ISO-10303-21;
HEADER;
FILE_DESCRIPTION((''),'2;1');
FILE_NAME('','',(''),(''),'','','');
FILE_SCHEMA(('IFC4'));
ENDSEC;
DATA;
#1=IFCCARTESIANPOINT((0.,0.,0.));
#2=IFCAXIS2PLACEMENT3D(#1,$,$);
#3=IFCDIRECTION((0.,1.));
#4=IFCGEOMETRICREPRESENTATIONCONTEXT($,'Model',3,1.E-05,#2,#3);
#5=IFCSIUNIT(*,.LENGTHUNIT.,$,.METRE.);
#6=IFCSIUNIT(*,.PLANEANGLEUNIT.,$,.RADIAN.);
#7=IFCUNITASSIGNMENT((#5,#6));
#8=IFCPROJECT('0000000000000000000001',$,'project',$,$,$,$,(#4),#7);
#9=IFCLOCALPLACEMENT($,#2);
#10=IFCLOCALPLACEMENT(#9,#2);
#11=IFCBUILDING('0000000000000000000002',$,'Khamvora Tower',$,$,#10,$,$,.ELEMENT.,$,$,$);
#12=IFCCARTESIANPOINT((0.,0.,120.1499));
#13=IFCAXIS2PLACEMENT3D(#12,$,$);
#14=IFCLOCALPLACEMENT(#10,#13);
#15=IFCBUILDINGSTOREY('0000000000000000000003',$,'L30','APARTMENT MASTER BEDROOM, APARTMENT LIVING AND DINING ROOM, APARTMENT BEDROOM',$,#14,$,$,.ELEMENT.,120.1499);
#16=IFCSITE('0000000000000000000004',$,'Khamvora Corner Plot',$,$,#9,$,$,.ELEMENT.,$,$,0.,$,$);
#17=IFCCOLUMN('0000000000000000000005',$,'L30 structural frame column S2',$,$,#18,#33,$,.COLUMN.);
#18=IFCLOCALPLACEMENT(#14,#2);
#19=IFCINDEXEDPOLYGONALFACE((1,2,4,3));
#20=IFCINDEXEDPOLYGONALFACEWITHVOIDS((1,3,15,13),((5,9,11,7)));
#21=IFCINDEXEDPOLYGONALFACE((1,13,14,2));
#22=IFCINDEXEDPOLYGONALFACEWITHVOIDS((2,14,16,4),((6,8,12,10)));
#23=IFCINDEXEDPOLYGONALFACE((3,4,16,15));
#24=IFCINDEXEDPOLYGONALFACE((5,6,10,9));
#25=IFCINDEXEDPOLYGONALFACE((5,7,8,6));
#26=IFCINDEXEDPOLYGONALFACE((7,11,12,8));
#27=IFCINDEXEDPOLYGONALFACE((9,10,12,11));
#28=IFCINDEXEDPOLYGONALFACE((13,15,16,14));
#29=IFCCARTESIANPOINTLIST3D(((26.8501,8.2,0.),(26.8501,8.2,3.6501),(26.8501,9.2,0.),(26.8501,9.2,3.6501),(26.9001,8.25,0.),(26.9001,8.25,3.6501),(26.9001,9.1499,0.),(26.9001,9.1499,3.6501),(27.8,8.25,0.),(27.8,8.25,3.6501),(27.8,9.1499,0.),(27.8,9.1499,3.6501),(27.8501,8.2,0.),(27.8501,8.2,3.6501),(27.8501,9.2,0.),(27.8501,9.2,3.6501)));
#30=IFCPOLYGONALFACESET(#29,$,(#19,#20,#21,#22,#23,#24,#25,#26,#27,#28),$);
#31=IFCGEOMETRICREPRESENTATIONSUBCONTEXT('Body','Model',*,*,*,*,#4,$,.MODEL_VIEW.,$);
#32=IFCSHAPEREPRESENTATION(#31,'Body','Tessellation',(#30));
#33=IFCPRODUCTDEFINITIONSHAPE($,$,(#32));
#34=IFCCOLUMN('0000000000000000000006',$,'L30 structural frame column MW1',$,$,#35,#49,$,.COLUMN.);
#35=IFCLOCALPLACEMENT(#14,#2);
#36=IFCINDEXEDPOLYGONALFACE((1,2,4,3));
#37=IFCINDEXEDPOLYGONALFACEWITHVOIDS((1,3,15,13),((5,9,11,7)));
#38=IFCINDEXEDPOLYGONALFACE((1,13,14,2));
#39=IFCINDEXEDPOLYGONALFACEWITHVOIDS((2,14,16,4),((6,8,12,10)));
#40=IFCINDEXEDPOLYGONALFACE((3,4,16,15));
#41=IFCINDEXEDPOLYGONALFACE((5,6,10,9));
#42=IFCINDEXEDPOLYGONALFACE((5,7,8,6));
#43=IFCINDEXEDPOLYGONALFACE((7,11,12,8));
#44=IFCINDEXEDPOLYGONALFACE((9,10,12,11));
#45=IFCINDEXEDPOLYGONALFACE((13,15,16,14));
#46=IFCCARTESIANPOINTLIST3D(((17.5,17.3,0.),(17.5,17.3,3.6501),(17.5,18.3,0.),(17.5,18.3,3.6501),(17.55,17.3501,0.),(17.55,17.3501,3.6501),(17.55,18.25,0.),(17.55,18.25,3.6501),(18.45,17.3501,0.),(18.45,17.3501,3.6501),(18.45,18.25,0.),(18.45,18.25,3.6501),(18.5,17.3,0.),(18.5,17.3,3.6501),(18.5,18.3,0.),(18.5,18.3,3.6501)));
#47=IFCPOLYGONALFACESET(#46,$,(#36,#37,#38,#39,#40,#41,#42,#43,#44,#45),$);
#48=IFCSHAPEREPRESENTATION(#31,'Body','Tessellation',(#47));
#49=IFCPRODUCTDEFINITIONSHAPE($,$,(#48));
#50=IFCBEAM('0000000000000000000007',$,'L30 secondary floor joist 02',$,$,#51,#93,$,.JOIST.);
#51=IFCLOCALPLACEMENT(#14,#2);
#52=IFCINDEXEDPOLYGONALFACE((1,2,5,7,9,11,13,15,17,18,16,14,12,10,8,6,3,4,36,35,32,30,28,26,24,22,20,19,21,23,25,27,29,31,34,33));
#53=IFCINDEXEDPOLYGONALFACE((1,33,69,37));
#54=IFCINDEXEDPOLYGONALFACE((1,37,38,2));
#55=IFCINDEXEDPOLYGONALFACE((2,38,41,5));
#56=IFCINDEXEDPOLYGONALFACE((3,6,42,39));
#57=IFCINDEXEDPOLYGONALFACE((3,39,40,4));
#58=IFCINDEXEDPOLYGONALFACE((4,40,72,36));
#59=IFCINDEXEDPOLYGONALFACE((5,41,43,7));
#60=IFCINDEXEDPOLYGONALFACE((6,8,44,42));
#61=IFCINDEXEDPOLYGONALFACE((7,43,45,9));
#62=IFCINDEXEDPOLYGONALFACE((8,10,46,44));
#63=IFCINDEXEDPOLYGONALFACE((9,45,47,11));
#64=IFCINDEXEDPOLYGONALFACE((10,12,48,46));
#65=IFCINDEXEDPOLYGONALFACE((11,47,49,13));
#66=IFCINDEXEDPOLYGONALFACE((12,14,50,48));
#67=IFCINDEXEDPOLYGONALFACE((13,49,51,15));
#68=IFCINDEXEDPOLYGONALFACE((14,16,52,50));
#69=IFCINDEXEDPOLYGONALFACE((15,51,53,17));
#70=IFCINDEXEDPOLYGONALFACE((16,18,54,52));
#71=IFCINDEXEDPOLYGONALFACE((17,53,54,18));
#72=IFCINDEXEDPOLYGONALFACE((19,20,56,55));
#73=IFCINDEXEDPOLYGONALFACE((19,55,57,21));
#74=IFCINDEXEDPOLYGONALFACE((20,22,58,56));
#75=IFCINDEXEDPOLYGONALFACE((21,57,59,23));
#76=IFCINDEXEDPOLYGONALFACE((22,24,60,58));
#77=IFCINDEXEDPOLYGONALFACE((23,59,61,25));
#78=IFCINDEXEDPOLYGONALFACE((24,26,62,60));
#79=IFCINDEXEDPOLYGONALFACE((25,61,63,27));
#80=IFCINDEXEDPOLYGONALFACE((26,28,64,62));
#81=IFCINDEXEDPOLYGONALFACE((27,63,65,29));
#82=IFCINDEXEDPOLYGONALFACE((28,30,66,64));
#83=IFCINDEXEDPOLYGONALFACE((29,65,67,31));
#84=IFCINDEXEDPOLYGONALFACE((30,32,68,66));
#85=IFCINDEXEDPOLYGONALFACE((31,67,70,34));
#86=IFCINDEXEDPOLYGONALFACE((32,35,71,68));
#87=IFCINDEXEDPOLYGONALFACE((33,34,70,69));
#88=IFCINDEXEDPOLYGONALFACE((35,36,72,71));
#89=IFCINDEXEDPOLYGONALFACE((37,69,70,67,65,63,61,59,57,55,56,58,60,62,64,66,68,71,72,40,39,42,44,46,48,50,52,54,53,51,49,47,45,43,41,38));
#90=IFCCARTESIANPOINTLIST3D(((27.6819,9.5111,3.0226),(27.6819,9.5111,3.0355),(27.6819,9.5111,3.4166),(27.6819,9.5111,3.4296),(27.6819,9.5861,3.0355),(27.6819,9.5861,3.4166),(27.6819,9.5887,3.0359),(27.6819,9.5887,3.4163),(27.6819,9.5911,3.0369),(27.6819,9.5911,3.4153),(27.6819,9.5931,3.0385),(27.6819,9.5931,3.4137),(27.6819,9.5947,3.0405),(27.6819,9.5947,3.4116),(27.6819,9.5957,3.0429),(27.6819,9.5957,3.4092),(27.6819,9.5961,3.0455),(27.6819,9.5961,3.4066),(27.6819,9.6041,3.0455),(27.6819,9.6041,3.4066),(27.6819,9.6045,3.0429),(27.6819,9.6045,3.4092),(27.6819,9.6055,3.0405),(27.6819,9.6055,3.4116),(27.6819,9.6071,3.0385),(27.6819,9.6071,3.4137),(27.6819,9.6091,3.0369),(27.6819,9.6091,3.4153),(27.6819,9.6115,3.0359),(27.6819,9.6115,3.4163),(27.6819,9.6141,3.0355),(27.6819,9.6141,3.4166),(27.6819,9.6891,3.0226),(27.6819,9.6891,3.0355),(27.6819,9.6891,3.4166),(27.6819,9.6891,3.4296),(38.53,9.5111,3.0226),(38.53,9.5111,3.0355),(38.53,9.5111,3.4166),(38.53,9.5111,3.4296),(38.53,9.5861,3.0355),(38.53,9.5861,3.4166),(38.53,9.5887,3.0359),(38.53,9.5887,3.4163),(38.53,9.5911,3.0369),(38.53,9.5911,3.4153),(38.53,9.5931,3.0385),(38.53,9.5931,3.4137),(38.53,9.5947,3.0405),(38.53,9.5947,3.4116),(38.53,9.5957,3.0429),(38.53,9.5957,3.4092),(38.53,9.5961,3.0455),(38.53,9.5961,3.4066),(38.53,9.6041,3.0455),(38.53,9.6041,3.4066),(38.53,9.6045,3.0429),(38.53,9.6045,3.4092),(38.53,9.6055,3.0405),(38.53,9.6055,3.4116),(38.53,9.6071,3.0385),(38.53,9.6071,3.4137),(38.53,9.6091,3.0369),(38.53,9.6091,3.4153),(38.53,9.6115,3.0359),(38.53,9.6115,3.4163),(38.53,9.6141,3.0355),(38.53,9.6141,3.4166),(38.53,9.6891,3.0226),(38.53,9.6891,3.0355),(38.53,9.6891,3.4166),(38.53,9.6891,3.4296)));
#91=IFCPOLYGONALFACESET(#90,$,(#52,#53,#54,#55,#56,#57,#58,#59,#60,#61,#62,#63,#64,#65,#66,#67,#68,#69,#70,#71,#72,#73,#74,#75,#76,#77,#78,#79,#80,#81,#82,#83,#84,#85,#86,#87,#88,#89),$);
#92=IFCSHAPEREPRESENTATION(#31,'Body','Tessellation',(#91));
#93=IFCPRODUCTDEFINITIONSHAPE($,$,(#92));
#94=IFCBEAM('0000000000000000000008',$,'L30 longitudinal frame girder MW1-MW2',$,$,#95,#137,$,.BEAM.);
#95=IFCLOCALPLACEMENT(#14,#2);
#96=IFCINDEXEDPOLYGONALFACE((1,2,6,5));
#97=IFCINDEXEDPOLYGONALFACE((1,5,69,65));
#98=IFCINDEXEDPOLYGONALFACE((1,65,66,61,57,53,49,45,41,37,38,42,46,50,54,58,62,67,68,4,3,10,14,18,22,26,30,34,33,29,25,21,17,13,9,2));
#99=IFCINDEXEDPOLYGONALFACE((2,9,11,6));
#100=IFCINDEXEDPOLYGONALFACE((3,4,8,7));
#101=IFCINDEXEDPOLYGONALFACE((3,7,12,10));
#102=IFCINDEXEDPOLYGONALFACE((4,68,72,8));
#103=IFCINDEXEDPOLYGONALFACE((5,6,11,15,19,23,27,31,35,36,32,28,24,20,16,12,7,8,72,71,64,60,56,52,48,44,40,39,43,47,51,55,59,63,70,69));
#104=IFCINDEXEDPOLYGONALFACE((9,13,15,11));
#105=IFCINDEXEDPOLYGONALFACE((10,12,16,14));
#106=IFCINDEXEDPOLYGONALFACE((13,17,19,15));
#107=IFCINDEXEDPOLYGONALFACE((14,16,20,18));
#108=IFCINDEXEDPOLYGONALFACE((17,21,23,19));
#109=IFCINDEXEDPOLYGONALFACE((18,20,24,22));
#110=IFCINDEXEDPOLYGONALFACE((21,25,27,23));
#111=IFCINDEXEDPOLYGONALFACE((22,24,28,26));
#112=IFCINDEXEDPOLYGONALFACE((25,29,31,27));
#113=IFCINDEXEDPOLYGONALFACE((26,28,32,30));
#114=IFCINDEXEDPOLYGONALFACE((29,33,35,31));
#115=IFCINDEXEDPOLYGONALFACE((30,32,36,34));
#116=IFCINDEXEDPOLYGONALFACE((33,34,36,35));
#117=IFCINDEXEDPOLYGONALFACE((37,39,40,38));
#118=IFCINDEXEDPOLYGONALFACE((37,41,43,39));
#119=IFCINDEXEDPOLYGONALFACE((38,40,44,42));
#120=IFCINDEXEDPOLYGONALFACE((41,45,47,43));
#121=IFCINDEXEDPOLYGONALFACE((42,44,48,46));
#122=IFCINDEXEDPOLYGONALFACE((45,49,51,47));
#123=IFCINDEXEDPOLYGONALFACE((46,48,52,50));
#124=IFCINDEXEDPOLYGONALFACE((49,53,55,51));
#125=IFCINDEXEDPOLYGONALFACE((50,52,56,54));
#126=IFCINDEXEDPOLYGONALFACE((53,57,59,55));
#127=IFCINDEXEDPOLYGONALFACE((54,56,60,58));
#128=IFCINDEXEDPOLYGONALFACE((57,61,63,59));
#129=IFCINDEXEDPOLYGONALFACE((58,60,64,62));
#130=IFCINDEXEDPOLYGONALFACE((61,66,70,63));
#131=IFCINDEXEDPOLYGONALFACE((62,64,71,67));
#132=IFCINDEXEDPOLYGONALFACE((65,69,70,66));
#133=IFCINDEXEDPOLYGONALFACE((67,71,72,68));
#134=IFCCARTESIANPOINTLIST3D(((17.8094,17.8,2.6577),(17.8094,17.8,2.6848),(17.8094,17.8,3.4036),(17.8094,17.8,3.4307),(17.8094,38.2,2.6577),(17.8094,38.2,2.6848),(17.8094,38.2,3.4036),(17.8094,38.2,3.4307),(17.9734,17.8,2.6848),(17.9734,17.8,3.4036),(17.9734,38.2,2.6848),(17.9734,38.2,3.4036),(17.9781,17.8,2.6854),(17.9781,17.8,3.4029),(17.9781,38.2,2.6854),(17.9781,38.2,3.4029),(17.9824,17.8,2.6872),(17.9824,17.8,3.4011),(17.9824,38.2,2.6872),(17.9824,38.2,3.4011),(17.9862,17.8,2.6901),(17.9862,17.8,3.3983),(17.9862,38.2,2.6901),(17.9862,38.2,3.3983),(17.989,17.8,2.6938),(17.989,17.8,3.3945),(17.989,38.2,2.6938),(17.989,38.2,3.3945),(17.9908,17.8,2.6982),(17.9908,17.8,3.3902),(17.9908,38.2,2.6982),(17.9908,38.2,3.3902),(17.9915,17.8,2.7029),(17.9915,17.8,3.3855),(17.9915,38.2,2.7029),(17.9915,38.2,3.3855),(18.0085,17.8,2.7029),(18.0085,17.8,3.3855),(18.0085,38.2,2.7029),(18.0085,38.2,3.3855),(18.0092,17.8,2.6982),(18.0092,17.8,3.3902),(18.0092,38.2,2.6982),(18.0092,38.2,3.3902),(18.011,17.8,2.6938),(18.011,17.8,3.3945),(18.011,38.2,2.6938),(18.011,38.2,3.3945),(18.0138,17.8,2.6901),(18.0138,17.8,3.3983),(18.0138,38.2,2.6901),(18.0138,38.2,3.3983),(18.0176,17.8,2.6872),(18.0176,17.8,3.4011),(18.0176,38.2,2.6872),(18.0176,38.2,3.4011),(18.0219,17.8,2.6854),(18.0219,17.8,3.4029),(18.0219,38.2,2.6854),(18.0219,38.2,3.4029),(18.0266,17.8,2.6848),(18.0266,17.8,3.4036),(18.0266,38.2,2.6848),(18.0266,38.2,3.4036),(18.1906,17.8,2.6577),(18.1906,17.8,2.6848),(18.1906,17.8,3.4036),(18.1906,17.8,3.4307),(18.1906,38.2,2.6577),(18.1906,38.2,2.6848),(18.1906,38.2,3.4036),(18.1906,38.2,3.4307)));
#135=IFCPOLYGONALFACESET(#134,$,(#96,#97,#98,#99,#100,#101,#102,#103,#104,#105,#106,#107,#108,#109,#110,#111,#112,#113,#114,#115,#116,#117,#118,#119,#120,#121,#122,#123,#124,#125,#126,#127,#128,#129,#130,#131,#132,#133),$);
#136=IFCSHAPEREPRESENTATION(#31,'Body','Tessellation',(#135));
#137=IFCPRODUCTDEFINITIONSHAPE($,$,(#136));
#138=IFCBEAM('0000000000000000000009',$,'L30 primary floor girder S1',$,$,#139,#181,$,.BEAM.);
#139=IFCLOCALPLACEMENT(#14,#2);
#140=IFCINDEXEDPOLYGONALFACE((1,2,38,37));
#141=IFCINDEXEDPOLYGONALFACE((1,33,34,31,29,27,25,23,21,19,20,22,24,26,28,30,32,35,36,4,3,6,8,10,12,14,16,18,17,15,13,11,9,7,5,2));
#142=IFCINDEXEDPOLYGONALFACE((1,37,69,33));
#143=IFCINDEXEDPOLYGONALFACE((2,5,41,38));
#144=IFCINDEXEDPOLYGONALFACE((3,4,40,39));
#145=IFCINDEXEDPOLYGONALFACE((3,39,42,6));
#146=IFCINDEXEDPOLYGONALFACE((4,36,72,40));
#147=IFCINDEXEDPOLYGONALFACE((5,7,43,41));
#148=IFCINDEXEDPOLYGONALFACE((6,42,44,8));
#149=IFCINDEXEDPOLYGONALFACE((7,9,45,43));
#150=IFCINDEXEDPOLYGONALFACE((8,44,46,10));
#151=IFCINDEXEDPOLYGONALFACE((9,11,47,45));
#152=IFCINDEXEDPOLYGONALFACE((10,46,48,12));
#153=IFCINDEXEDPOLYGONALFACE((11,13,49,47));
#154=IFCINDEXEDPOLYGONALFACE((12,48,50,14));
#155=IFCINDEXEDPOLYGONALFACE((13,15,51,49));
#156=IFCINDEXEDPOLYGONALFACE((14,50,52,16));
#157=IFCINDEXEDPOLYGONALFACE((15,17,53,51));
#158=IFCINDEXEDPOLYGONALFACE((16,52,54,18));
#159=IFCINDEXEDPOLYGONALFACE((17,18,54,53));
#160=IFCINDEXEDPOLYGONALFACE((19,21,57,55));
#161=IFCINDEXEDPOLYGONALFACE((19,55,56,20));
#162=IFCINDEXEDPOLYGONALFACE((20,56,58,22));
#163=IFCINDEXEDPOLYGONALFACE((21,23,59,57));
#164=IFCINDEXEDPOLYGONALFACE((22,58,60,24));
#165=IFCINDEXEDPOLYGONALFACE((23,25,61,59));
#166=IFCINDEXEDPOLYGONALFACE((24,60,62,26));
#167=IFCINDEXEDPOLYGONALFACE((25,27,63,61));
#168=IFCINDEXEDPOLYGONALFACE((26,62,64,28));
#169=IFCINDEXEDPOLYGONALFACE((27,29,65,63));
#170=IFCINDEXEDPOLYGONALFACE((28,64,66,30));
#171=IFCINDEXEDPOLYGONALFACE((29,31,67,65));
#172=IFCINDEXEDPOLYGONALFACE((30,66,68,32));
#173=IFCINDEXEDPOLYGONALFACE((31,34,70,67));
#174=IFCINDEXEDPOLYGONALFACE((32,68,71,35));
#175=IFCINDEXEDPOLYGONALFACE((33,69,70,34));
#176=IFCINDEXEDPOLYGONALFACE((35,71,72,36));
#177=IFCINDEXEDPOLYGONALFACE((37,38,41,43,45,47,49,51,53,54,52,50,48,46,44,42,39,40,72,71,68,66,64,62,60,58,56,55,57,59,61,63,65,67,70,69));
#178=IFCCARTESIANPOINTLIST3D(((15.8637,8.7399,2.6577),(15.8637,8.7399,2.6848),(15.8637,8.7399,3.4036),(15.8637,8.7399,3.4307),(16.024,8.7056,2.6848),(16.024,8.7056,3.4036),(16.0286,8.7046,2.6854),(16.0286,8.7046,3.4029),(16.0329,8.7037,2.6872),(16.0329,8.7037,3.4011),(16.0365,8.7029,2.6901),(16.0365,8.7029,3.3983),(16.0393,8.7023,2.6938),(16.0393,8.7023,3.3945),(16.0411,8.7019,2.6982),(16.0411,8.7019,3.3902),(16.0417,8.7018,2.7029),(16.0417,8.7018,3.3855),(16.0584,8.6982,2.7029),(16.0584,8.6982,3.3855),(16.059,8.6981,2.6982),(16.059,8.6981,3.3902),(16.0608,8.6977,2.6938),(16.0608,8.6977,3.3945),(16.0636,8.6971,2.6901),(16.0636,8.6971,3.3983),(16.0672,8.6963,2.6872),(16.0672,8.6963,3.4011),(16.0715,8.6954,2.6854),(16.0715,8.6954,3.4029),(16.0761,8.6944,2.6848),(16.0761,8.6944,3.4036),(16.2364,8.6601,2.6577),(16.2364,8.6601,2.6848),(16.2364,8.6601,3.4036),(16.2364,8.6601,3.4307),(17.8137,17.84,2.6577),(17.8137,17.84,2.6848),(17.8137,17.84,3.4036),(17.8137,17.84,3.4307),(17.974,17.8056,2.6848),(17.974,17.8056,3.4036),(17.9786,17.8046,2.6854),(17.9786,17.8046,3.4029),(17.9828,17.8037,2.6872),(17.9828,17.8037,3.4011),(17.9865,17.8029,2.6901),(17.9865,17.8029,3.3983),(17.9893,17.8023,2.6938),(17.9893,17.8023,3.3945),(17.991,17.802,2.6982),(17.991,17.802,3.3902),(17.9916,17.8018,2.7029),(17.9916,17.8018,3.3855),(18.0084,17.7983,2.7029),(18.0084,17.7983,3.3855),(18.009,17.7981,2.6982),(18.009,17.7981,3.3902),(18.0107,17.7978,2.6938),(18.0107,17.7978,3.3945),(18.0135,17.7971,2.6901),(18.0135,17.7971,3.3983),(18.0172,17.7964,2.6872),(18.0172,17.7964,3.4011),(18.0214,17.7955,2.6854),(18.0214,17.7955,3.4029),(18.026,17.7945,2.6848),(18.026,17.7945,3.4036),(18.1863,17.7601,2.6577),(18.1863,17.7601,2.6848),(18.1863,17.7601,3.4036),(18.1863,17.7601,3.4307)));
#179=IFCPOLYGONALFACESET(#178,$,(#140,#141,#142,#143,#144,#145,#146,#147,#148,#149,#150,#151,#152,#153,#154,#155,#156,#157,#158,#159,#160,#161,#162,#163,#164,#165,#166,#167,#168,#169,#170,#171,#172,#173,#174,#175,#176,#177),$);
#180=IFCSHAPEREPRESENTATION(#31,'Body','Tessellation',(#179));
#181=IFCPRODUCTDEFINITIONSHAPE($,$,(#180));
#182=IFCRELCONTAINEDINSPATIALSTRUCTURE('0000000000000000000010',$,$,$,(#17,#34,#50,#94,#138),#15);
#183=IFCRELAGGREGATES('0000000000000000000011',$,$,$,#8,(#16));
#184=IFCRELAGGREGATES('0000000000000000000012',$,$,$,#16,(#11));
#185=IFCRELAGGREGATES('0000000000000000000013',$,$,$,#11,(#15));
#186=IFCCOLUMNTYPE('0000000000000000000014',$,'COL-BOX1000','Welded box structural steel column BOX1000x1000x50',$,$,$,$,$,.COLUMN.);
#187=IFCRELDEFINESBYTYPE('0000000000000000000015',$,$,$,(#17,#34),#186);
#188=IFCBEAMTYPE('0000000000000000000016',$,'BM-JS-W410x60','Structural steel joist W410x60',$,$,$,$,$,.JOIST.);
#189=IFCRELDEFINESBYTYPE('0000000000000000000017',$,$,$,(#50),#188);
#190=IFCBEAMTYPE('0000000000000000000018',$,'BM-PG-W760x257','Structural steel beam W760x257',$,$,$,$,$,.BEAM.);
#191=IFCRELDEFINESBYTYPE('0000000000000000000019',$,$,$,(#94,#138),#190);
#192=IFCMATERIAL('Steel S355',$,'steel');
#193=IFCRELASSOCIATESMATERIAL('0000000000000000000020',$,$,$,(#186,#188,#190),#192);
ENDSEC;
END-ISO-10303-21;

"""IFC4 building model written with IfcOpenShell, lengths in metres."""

from ifc_helpers import new_model, si_unit, direction, frame, origin, origin_2d, place, context, subcontext, project, spatial, hollow_rectangle, i_section, extrude, material, material_profile, profile_set, type_object, element, save


model = new_model("IFC4")

# Units and contexts
model_context = context("Model", 3, precision=1e-05, world=origin(), true_north=direction((0.0, 1.0)))
body_context = subcontext(model_context, "Body", "Model", "MODEL_VIEW")
ifc_project = project(units=[si_unit("LENGTHUNIT", "METRE"), si_unit("PLANEANGLEUNIT", "RADIAN")], contexts=[model_context])

# Site, building, storey
site_placement = place(None, origin())
site = spatial("IfcSite", under=ifc_project, at=site_placement, Name="Khamvora Corner Plot", CompositionType="ELEMENT", RefElevation=0.0)
building_placement = place(site_placement, origin())
building = spatial("IfcBuilding", under=site, at=building_placement, Name="Khamvora Tower", CompositionType="ELEMENT")
storey_placement = place(building_placement, frame((0.0, 0.0, 120.1499)))
storey = spatial("IfcBuildingStorey", under=building, at=storey_placement, Name="L30", Description="APARTMENT MASTER BEDROOM, APARTMENT LIVING AND DINING ROOM, APARTMENT BEDROOM", CompositionType="ELEMENT", Elevation=120.1499)

# Columns
ifc_material_1 = material(Name="Steel S355", Category="steel")
ifc_material_profile_1 = material_profile(ifc_material_1, hollow_rectangle(XDim=1.0, YDim=1.0, WallThickness=0.05, at=origin_2d()), Name="BOX1000x1000x50")
ifc_profile_set_1 = profile_set([ifc_material_profile_1], Name="Steel S355")
column_type = type_object("IfcColumnType", Name="COL-BOX1000", Description="Welded box structural steel column BOX1000x1000x50", PredefinedType="COLUMN", material=ifc_profile_set_1)
for number, where, z_axis, x_axis, name in (
    (1, (27.3501, 8.7, 0.0), (0.0, 0.0, 1.0), (1.0, 0.0, 0.0), "L30 structural frame column S2"),
    (2, (18.0, 17.8, 0.0), (0.0, 0.0, 1.0), (1.0, 0.0, 0.0), "L30 structural frame column MW1"),
):
    element("IfcColumn", number, at=place(storey_placement, frame(where, z_axis=z_axis, x_axis=x_axis)), inside=storey, type_object=column_type, Name=name, PredefinedType="COLUMN", context=body_context, shape_type="SweptSolid", body=[
        extrude(hollow_rectangle(XDim=1.0, YDim=1.0, WallThickness=0.05, at=origin_2d()), origin(), (0.0, 0.0, 1.0), 3.6501),
    ])

# Beams
ifc_material_profile_2 = material_profile(ifc_material_1, i_section(OverallWidth=0.178, OverallDepth=0.407, WebThickness=0.0081, FlangeThickness=0.0129, FilletRadius=0.01, at=origin_2d()), Name="W410x60")
ifc_profile_set_2 = profile_set([ifc_material_profile_2], Name="Steel S355")
beam_type_1 = type_object("IfcBeamType", Name="BM-JS-W410x60", Description="Structural steel joist W410x60", PredefinedType="JOIST", material=ifc_profile_set_2)
beam_1_placement = place(storey_placement, frame((27.6819, 9.6001, 3.2261), z_axis=(1.0, 0.0, 0.0), x_axis=(0.0, 1.0, 0.0)))
element("IfcBeam", 3, at=beam_1_placement, inside=storey, type_object=beam_type_1, Name="L30 secondary floor joist 02", PredefinedType="JOIST", context=body_context, shape_type="SweptSolid", body=[
    extrude(i_section(OverallWidth=0.178, OverallDepth=0.407, WebThickness=0.0081, FlangeThickness=0.0129, FilletRadius=0.01, at=origin_2d()), origin(), (0.0, 0.0, 1.0), 10.8481),
])
ifc_material_profile_3 = material_profile(ifc_material_1, i_section(OverallWidth=0.3811, OverallDepth=0.7729, WebThickness=0.0171, FlangeThickness=0.0271, FilletRadius=0.0181, at=origin_2d()), Name="W760x257")
ifc_profile_set_3 = profile_set([ifc_material_profile_3], Name="Steel S355")
beam_type_2 = type_object("IfcBeamType", Name="BM-PG-W760x257", Description="Structural steel beam W760x257", PredefinedType="BEAM", material=ifc_profile_set_3)
beam_2_placement = place(storey_placement, frame((18.0, 17.8, 3.0442), z_axis=(0.0, 1.0, 0.0), x_axis=(-1.0, 0.0, 0.0)))
element("IfcBeam", 4, at=beam_2_placement, inside=storey, type_object=beam_type_2, Name="L30 longitudinal frame girder MW1-MW2", PredefinedType="BEAM", context=body_context, shape_type="SweptSolid", body=[
    extrude(i_section(OverallWidth=0.3811, OverallDepth=0.7729, WebThickness=0.0171, FlangeThickness=0.0271, FilletRadius=0.0181, at=origin_2d()), origin(), (0.0, 0.0, 1.0), 20.3999),
])
beam_3_placement = place(storey_placement, frame((18.0, 17.8, 3.0442), z_axis=(-0.209522, -0.977804, 0.0), x_axis=(0.977804, -0.209522, 0.0)))
element("IfcBeam", 5, at=beam_3_placement, inside=storey, type_object=beam_type_2, Name="L30 primary floor girder S1", PredefinedType="BEAM", context=body_context, shape_type="SweptSolid", body=[
    extrude(i_section(OverallWidth=0.3811, OverallDepth=0.7729, WebThickness=0.0171, FlangeThickness=0.0271, FilletRadius=0.0181, at=origin_2d()), origin(), (0.0, 0.0, 1.0), 9.3066),
])

save(model, "model.ifc")
